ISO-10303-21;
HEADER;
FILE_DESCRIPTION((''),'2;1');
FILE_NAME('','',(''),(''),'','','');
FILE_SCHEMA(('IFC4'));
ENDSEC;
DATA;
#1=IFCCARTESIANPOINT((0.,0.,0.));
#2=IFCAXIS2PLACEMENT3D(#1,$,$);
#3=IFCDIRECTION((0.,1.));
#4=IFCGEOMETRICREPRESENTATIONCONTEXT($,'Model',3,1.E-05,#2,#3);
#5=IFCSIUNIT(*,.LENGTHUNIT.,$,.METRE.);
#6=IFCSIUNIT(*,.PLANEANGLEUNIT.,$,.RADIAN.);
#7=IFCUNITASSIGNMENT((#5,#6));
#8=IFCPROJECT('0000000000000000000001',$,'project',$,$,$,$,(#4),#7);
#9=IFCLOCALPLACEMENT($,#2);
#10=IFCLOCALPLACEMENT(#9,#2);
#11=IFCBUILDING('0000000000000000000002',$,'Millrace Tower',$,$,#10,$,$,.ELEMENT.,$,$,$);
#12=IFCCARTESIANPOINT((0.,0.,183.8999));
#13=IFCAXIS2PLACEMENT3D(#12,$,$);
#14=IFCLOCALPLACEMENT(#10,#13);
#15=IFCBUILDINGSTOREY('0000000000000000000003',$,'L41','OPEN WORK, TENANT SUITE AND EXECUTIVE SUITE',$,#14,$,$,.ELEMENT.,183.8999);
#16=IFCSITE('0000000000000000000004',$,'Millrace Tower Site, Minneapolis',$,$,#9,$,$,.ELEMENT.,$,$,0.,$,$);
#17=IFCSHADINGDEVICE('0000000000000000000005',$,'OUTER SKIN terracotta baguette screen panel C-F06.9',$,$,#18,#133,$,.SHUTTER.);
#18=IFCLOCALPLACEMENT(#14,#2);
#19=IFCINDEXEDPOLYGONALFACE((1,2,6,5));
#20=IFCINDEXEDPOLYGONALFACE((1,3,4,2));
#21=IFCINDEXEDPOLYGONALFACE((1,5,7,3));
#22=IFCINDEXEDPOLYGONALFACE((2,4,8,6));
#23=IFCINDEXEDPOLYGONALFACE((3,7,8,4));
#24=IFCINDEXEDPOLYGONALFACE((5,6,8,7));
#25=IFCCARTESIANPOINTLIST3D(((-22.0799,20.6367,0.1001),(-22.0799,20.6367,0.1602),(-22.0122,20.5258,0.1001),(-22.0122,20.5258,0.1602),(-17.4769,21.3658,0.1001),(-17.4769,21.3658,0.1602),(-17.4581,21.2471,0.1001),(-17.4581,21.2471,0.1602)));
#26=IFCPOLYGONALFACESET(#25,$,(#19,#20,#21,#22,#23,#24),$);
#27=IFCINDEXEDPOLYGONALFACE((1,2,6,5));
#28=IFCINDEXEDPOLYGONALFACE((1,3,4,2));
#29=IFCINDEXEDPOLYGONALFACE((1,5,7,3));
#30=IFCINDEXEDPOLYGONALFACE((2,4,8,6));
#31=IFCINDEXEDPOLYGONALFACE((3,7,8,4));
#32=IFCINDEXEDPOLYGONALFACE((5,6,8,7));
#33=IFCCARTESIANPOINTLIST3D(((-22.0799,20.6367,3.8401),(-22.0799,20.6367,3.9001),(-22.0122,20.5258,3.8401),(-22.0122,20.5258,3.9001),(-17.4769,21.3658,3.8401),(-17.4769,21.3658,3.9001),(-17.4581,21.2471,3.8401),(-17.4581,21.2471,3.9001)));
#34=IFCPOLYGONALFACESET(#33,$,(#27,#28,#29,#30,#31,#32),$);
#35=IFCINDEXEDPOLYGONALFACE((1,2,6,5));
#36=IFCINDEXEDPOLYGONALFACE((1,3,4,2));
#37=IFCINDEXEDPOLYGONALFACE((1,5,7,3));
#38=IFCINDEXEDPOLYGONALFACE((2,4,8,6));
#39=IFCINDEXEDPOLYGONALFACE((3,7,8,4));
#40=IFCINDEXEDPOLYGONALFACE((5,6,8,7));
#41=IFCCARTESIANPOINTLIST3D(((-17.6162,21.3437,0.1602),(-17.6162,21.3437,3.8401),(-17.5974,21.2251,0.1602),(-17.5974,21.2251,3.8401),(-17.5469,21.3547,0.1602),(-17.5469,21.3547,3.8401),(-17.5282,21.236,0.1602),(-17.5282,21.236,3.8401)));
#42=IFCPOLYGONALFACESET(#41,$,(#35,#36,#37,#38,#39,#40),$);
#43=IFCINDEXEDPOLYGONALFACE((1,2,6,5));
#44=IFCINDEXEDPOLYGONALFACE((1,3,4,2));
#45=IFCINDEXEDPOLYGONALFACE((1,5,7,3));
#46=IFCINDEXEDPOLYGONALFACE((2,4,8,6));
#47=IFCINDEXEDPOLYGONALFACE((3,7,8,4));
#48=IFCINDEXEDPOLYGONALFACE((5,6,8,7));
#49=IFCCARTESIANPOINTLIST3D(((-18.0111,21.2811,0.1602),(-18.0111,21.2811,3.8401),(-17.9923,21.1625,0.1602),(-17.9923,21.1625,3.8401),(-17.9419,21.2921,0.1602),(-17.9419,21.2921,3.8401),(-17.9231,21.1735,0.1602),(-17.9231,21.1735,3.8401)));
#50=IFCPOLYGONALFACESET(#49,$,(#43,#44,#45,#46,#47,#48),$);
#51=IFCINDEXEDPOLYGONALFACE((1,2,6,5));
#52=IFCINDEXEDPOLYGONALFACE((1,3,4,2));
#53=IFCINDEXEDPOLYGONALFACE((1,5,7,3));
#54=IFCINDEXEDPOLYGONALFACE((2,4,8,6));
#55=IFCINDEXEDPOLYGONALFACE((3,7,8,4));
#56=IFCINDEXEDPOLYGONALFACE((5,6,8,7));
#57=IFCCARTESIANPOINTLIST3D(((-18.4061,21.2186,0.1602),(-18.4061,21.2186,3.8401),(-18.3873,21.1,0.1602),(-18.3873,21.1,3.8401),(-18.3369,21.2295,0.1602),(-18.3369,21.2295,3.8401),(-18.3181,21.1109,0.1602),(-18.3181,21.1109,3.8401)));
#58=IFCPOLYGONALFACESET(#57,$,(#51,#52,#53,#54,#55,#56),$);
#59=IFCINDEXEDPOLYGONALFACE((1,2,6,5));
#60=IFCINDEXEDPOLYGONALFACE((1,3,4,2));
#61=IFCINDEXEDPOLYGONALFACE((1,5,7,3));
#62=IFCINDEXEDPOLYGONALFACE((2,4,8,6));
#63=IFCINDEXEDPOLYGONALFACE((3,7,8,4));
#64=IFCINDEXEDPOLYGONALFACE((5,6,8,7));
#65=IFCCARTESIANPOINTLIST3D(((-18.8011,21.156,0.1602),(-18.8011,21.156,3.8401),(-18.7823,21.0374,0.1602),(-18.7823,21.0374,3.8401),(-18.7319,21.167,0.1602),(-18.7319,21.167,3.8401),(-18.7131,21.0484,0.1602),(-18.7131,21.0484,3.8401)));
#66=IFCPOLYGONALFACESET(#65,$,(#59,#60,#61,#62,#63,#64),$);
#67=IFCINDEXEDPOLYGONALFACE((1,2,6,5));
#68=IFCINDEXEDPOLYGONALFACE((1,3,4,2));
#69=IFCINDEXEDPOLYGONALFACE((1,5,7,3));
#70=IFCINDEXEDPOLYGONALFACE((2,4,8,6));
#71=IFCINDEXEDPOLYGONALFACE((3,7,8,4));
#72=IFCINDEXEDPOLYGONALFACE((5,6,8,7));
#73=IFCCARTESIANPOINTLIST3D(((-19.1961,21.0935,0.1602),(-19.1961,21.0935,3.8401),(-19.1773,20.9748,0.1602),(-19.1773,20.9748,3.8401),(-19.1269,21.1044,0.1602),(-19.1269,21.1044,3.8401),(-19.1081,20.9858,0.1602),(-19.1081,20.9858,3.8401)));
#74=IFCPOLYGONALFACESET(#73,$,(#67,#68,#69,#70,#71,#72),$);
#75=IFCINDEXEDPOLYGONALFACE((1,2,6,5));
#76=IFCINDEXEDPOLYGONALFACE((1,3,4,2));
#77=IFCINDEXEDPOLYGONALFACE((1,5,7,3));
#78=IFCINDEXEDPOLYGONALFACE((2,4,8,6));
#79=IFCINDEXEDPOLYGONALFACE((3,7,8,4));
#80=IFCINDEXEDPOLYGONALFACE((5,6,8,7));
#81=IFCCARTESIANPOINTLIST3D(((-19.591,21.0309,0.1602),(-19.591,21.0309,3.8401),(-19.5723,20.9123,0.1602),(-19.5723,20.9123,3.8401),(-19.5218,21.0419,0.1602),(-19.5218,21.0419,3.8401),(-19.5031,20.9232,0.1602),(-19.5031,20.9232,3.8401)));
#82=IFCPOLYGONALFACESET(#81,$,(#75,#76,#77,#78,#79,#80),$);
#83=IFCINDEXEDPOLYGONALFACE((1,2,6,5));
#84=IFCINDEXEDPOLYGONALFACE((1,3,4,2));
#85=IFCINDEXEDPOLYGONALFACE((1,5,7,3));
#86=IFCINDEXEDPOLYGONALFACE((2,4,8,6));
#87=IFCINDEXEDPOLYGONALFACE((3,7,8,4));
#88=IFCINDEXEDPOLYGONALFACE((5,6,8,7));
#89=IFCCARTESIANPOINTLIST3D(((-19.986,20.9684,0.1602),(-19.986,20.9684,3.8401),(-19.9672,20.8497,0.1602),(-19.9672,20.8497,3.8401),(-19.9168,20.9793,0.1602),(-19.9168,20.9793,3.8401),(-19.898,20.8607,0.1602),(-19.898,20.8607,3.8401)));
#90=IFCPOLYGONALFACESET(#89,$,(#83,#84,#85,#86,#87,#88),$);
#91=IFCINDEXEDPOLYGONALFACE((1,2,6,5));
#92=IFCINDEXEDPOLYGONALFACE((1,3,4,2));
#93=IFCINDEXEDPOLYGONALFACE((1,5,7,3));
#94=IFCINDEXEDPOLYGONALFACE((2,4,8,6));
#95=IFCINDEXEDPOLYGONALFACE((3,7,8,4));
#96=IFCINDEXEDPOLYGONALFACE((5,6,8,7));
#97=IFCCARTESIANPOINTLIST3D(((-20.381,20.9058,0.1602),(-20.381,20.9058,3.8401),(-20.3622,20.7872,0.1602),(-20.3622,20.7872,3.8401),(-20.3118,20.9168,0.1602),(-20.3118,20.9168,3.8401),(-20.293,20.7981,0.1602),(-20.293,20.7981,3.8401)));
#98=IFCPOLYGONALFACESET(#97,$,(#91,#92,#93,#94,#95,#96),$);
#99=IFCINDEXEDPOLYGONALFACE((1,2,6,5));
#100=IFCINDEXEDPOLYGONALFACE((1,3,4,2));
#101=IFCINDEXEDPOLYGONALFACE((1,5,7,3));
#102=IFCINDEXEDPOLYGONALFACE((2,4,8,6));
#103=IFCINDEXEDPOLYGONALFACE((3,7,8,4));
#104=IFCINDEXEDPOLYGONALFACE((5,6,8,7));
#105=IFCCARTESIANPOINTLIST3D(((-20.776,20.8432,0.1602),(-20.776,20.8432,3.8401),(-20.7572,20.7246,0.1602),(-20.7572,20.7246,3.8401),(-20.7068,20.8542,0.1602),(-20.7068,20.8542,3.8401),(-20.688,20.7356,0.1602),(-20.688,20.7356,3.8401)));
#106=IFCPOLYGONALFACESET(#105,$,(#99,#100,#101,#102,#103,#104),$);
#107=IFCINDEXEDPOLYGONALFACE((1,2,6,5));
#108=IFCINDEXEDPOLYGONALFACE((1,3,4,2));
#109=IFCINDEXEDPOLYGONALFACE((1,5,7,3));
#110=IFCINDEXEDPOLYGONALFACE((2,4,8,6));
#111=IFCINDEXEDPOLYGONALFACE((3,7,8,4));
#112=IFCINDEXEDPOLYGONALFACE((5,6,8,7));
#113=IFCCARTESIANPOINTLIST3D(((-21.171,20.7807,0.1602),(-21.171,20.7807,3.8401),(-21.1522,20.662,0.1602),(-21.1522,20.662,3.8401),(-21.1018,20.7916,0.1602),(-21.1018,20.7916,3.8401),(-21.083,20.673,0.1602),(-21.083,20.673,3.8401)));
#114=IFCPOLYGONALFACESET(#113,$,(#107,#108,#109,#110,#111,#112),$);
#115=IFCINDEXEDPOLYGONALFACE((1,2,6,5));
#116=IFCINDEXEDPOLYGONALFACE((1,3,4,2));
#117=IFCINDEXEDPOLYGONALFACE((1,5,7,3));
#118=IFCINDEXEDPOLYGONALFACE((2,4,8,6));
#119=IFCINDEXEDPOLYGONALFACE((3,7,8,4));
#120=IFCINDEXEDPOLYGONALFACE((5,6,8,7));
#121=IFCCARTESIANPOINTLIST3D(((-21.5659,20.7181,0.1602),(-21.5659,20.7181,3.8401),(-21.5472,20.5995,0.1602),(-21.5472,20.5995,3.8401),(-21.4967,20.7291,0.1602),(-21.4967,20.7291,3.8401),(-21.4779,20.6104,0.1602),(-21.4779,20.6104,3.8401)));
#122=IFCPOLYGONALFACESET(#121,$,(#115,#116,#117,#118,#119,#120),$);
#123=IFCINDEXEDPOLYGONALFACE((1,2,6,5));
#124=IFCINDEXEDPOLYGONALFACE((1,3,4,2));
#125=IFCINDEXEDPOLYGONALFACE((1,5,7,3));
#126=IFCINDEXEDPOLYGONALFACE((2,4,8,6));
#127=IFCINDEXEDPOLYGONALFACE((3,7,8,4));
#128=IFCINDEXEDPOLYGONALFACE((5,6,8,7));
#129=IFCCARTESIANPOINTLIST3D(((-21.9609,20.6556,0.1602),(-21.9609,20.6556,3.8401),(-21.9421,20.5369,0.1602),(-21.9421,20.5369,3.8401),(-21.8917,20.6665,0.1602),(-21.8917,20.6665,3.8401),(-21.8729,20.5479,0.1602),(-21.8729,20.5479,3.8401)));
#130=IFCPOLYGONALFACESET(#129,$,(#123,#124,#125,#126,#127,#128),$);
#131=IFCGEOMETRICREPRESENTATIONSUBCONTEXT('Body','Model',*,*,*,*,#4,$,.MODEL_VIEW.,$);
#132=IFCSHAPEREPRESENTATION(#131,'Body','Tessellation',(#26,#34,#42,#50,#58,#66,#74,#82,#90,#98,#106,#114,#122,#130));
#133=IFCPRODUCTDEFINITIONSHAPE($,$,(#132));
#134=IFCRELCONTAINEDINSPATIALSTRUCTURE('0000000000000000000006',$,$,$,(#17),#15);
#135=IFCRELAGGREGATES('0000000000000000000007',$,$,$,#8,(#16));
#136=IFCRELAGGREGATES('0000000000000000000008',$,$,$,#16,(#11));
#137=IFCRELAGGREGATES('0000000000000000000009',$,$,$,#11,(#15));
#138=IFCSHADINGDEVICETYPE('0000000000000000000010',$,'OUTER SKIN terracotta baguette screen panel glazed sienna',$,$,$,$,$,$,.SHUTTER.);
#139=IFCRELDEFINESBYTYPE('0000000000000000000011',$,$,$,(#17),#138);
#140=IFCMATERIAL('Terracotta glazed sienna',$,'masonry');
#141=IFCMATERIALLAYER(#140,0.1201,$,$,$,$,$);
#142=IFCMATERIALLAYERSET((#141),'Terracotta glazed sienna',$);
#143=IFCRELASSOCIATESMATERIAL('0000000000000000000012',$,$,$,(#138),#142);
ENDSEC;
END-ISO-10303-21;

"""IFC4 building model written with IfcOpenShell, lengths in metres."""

from ifc_helpers import new_model, entity, si_unit, direction, frame, frame_2d, origin, place, context, subcontext, project, spatial, rectangle, extrude, source, transform, mapped, material, layer, layer_set, type_object, element, save


model = new_model("IFC4")

# Units and contexts
model_context = context("Model", 3, precision=1e-05, world=origin(), true_north=direction((0.0, 1.0)))
body_context = subcontext(model_context, "Body", "Model", "MODEL_VIEW")
ifc_project = project(units=[si_unit("LENGTHUNIT", "METRE"), si_unit("PLANEANGLEUNIT", "RADIAN")], contexts=[model_context])

# Site, building, storey
site_placement = place(None, origin())
site = spatial("IfcSite", under=ifc_project, at=site_placement, Name="Millrace Tower Site, Minneapolis", CompositionType="ELEMENT", RefElevation=0.0)
building_placement = place(site_placement, origin())
building = spatial("IfcBuilding", under=site, at=building_placement, Name="Millrace Tower", CompositionType="ELEMENT")
storey_placement = place(building_placement, frame((0.0, 0.0, 183.8999)))
storey = spatial("IfcBuildingStorey", under=building, at=storey_placement, Name="L41", Description="OPEN WORK, TENANT SUITE AND EXECUTIVE SUITE", CompositionType="ELEMENT", Elevation=183.8999)

# Shading device
ifc_material_1 = material(Name="Terracotta glazed sienna", Category="masonry")
ifc_layer_1 = layer(ifc_material_1, 0.1201)
ifc_layer_set_1 = layer_set([ifc_layer_1], Name="Terracotta glazed sienna")
shading_device_type = type_object("IfcShadingDeviceType", Name="OUTER SKIN terracotta baguette screen panel glazed sienna", PredefinedType="SHUTTER", material=ifc_layer_set_1)
cartesian_point_1 = entity("IfcCartesianPoint", [-2.3179, 0.0601])
shared_polyline_1 = entity("IfcPolyline", [cartesian_point_1, entity("IfcCartesianPoint", [2.293, 0.0601]), entity("IfcCartesianPoint", [2.3425, -0.0601]), entity("IfcCartesianPoint", [-2.3179, -0.0601]), cartesian_point_1])
shared_shape_1 = source(origin(), body_context, "Body", "SweptSolid", [
    entity("IfcExtrudedAreaSolid", entity("IfcArbitraryClosedProfileDef", "AREA", None, shared_polyline_1), entity("IfcAxis2Placement3D", entity("IfcCartesianPoint", [0.0, 0.0, 0.0])), entity("IfcDirection", [0.0, 0.0, 1.0]), 0.0601),
    entity("IfcExtrudedAreaSolid", entity("IfcArbitraryClosedProfileDef", "AREA", None, shared_polyline_1), entity("IfcAxis2Placement3D", entity("IfcCartesianPoint", [0.0, 0.0, 3.74])), entity("IfcDirection", [0.0, 0.0, 1.0]), 0.0601),
    extrude(rectangle(XDim=0.0701, YDim=0.1201, at=frame_2d((-2.2119, 0.0))), frame((0.0, 0.0, 0.0601)), (0.0, 0.0, 1.0), 3.6799),
    extrude(rectangle(XDim=0.0701, YDim=0.1201, at=frame_2d((-1.812, 0.0))), frame((0.0, 0.0, 0.0601)), (0.0, 0.0, 1.0), 3.6799),
    extrude(rectangle(XDim=0.0701, YDim=0.1201, at=frame_2d((-1.4121, 0.0))), frame((0.0, 0.0, 0.0601)), (0.0, 0.0, 1.0), 3.6799),
    extrude(rectangle(XDim=0.0701, YDim=0.1201, at=frame_2d((-1.0122, 0.0))), frame((0.0, 0.0, 0.0601)), (0.0, 0.0, 1.0), 3.6799),
    extrude(rectangle(XDim=0.0701, YDim=0.1201, at=frame_2d((-0.6123, 0.0))), frame((0.0, 0.0, 0.0601)), (0.0, 0.0, 1.0), 3.6799),
    extrude(rectangle(XDim=0.0701, YDim=0.1201, at=frame_2d((-0.2124, 0.0))), frame((0.0, 0.0, 0.0601)), (0.0, 0.0, 1.0), 3.6799),
    extrude(rectangle(XDim=0.0701, YDim=0.1201, at=frame_2d((0.1875, 0.0))), frame((0.0, 0.0, 0.0601)), (0.0, 0.0, 1.0), 3.6799),
    extrude(rectangle(XDim=0.0701, YDim=0.1201, at=frame_2d((0.5874, 0.0))), frame((0.0, 0.0, 0.0601)), (0.0, 0.0, 1.0), 3.6799),
    extrude(rectangle(XDim=0.0701, YDim=0.1201, at=frame_2d((0.9873, 0.0))), frame((0.0, 0.0, 0.0601)), (0.0, 0.0, 1.0), 3.6799),
    extrude(rectangle(XDim=0.0701, YDim=0.1201, at=frame_2d((1.3872, 0.0))), frame((0.0, 0.0, 0.0601)), (0.0, 0.0, 1.0), 3.6799),
    extrude(rectangle(XDim=0.0701, YDim=0.1201, at=frame_2d((1.7871, 0.0))), frame((0.0, 0.0, 0.0601)), (0.0, 0.0, 1.0), 3.6799),
    extrude(rectangle(XDim=0.0701, YDim=0.1201, at=frame_2d((2.187, 0.0))), frame((0.0, 0.0, 0.0601)), (0.0, 0.0, 1.0), 3.6799),
])
shading_device_1_placement = place(storey_placement, frame((-19.7568, 20.9438, 0.1001), z_axis=(0.0, 0.0, 1.0), x_axis=(-0.987688, -0.156434, 0.0)))
element("IfcShadingDevice", 1, at=shading_device_1_placement, inside=storey, type_object=shading_device_type, Name="OUTER SKIN terracotta baguette screen panel C-F06.9", PredefinedType="SHUTTER", context=body_context, shape_type="MappedRepresentation", body=[
    mapped(shared_shape_1, transform((0.0, 0.0, 0.0), scale=1.0)),
])

save(model, "model.ifc")
